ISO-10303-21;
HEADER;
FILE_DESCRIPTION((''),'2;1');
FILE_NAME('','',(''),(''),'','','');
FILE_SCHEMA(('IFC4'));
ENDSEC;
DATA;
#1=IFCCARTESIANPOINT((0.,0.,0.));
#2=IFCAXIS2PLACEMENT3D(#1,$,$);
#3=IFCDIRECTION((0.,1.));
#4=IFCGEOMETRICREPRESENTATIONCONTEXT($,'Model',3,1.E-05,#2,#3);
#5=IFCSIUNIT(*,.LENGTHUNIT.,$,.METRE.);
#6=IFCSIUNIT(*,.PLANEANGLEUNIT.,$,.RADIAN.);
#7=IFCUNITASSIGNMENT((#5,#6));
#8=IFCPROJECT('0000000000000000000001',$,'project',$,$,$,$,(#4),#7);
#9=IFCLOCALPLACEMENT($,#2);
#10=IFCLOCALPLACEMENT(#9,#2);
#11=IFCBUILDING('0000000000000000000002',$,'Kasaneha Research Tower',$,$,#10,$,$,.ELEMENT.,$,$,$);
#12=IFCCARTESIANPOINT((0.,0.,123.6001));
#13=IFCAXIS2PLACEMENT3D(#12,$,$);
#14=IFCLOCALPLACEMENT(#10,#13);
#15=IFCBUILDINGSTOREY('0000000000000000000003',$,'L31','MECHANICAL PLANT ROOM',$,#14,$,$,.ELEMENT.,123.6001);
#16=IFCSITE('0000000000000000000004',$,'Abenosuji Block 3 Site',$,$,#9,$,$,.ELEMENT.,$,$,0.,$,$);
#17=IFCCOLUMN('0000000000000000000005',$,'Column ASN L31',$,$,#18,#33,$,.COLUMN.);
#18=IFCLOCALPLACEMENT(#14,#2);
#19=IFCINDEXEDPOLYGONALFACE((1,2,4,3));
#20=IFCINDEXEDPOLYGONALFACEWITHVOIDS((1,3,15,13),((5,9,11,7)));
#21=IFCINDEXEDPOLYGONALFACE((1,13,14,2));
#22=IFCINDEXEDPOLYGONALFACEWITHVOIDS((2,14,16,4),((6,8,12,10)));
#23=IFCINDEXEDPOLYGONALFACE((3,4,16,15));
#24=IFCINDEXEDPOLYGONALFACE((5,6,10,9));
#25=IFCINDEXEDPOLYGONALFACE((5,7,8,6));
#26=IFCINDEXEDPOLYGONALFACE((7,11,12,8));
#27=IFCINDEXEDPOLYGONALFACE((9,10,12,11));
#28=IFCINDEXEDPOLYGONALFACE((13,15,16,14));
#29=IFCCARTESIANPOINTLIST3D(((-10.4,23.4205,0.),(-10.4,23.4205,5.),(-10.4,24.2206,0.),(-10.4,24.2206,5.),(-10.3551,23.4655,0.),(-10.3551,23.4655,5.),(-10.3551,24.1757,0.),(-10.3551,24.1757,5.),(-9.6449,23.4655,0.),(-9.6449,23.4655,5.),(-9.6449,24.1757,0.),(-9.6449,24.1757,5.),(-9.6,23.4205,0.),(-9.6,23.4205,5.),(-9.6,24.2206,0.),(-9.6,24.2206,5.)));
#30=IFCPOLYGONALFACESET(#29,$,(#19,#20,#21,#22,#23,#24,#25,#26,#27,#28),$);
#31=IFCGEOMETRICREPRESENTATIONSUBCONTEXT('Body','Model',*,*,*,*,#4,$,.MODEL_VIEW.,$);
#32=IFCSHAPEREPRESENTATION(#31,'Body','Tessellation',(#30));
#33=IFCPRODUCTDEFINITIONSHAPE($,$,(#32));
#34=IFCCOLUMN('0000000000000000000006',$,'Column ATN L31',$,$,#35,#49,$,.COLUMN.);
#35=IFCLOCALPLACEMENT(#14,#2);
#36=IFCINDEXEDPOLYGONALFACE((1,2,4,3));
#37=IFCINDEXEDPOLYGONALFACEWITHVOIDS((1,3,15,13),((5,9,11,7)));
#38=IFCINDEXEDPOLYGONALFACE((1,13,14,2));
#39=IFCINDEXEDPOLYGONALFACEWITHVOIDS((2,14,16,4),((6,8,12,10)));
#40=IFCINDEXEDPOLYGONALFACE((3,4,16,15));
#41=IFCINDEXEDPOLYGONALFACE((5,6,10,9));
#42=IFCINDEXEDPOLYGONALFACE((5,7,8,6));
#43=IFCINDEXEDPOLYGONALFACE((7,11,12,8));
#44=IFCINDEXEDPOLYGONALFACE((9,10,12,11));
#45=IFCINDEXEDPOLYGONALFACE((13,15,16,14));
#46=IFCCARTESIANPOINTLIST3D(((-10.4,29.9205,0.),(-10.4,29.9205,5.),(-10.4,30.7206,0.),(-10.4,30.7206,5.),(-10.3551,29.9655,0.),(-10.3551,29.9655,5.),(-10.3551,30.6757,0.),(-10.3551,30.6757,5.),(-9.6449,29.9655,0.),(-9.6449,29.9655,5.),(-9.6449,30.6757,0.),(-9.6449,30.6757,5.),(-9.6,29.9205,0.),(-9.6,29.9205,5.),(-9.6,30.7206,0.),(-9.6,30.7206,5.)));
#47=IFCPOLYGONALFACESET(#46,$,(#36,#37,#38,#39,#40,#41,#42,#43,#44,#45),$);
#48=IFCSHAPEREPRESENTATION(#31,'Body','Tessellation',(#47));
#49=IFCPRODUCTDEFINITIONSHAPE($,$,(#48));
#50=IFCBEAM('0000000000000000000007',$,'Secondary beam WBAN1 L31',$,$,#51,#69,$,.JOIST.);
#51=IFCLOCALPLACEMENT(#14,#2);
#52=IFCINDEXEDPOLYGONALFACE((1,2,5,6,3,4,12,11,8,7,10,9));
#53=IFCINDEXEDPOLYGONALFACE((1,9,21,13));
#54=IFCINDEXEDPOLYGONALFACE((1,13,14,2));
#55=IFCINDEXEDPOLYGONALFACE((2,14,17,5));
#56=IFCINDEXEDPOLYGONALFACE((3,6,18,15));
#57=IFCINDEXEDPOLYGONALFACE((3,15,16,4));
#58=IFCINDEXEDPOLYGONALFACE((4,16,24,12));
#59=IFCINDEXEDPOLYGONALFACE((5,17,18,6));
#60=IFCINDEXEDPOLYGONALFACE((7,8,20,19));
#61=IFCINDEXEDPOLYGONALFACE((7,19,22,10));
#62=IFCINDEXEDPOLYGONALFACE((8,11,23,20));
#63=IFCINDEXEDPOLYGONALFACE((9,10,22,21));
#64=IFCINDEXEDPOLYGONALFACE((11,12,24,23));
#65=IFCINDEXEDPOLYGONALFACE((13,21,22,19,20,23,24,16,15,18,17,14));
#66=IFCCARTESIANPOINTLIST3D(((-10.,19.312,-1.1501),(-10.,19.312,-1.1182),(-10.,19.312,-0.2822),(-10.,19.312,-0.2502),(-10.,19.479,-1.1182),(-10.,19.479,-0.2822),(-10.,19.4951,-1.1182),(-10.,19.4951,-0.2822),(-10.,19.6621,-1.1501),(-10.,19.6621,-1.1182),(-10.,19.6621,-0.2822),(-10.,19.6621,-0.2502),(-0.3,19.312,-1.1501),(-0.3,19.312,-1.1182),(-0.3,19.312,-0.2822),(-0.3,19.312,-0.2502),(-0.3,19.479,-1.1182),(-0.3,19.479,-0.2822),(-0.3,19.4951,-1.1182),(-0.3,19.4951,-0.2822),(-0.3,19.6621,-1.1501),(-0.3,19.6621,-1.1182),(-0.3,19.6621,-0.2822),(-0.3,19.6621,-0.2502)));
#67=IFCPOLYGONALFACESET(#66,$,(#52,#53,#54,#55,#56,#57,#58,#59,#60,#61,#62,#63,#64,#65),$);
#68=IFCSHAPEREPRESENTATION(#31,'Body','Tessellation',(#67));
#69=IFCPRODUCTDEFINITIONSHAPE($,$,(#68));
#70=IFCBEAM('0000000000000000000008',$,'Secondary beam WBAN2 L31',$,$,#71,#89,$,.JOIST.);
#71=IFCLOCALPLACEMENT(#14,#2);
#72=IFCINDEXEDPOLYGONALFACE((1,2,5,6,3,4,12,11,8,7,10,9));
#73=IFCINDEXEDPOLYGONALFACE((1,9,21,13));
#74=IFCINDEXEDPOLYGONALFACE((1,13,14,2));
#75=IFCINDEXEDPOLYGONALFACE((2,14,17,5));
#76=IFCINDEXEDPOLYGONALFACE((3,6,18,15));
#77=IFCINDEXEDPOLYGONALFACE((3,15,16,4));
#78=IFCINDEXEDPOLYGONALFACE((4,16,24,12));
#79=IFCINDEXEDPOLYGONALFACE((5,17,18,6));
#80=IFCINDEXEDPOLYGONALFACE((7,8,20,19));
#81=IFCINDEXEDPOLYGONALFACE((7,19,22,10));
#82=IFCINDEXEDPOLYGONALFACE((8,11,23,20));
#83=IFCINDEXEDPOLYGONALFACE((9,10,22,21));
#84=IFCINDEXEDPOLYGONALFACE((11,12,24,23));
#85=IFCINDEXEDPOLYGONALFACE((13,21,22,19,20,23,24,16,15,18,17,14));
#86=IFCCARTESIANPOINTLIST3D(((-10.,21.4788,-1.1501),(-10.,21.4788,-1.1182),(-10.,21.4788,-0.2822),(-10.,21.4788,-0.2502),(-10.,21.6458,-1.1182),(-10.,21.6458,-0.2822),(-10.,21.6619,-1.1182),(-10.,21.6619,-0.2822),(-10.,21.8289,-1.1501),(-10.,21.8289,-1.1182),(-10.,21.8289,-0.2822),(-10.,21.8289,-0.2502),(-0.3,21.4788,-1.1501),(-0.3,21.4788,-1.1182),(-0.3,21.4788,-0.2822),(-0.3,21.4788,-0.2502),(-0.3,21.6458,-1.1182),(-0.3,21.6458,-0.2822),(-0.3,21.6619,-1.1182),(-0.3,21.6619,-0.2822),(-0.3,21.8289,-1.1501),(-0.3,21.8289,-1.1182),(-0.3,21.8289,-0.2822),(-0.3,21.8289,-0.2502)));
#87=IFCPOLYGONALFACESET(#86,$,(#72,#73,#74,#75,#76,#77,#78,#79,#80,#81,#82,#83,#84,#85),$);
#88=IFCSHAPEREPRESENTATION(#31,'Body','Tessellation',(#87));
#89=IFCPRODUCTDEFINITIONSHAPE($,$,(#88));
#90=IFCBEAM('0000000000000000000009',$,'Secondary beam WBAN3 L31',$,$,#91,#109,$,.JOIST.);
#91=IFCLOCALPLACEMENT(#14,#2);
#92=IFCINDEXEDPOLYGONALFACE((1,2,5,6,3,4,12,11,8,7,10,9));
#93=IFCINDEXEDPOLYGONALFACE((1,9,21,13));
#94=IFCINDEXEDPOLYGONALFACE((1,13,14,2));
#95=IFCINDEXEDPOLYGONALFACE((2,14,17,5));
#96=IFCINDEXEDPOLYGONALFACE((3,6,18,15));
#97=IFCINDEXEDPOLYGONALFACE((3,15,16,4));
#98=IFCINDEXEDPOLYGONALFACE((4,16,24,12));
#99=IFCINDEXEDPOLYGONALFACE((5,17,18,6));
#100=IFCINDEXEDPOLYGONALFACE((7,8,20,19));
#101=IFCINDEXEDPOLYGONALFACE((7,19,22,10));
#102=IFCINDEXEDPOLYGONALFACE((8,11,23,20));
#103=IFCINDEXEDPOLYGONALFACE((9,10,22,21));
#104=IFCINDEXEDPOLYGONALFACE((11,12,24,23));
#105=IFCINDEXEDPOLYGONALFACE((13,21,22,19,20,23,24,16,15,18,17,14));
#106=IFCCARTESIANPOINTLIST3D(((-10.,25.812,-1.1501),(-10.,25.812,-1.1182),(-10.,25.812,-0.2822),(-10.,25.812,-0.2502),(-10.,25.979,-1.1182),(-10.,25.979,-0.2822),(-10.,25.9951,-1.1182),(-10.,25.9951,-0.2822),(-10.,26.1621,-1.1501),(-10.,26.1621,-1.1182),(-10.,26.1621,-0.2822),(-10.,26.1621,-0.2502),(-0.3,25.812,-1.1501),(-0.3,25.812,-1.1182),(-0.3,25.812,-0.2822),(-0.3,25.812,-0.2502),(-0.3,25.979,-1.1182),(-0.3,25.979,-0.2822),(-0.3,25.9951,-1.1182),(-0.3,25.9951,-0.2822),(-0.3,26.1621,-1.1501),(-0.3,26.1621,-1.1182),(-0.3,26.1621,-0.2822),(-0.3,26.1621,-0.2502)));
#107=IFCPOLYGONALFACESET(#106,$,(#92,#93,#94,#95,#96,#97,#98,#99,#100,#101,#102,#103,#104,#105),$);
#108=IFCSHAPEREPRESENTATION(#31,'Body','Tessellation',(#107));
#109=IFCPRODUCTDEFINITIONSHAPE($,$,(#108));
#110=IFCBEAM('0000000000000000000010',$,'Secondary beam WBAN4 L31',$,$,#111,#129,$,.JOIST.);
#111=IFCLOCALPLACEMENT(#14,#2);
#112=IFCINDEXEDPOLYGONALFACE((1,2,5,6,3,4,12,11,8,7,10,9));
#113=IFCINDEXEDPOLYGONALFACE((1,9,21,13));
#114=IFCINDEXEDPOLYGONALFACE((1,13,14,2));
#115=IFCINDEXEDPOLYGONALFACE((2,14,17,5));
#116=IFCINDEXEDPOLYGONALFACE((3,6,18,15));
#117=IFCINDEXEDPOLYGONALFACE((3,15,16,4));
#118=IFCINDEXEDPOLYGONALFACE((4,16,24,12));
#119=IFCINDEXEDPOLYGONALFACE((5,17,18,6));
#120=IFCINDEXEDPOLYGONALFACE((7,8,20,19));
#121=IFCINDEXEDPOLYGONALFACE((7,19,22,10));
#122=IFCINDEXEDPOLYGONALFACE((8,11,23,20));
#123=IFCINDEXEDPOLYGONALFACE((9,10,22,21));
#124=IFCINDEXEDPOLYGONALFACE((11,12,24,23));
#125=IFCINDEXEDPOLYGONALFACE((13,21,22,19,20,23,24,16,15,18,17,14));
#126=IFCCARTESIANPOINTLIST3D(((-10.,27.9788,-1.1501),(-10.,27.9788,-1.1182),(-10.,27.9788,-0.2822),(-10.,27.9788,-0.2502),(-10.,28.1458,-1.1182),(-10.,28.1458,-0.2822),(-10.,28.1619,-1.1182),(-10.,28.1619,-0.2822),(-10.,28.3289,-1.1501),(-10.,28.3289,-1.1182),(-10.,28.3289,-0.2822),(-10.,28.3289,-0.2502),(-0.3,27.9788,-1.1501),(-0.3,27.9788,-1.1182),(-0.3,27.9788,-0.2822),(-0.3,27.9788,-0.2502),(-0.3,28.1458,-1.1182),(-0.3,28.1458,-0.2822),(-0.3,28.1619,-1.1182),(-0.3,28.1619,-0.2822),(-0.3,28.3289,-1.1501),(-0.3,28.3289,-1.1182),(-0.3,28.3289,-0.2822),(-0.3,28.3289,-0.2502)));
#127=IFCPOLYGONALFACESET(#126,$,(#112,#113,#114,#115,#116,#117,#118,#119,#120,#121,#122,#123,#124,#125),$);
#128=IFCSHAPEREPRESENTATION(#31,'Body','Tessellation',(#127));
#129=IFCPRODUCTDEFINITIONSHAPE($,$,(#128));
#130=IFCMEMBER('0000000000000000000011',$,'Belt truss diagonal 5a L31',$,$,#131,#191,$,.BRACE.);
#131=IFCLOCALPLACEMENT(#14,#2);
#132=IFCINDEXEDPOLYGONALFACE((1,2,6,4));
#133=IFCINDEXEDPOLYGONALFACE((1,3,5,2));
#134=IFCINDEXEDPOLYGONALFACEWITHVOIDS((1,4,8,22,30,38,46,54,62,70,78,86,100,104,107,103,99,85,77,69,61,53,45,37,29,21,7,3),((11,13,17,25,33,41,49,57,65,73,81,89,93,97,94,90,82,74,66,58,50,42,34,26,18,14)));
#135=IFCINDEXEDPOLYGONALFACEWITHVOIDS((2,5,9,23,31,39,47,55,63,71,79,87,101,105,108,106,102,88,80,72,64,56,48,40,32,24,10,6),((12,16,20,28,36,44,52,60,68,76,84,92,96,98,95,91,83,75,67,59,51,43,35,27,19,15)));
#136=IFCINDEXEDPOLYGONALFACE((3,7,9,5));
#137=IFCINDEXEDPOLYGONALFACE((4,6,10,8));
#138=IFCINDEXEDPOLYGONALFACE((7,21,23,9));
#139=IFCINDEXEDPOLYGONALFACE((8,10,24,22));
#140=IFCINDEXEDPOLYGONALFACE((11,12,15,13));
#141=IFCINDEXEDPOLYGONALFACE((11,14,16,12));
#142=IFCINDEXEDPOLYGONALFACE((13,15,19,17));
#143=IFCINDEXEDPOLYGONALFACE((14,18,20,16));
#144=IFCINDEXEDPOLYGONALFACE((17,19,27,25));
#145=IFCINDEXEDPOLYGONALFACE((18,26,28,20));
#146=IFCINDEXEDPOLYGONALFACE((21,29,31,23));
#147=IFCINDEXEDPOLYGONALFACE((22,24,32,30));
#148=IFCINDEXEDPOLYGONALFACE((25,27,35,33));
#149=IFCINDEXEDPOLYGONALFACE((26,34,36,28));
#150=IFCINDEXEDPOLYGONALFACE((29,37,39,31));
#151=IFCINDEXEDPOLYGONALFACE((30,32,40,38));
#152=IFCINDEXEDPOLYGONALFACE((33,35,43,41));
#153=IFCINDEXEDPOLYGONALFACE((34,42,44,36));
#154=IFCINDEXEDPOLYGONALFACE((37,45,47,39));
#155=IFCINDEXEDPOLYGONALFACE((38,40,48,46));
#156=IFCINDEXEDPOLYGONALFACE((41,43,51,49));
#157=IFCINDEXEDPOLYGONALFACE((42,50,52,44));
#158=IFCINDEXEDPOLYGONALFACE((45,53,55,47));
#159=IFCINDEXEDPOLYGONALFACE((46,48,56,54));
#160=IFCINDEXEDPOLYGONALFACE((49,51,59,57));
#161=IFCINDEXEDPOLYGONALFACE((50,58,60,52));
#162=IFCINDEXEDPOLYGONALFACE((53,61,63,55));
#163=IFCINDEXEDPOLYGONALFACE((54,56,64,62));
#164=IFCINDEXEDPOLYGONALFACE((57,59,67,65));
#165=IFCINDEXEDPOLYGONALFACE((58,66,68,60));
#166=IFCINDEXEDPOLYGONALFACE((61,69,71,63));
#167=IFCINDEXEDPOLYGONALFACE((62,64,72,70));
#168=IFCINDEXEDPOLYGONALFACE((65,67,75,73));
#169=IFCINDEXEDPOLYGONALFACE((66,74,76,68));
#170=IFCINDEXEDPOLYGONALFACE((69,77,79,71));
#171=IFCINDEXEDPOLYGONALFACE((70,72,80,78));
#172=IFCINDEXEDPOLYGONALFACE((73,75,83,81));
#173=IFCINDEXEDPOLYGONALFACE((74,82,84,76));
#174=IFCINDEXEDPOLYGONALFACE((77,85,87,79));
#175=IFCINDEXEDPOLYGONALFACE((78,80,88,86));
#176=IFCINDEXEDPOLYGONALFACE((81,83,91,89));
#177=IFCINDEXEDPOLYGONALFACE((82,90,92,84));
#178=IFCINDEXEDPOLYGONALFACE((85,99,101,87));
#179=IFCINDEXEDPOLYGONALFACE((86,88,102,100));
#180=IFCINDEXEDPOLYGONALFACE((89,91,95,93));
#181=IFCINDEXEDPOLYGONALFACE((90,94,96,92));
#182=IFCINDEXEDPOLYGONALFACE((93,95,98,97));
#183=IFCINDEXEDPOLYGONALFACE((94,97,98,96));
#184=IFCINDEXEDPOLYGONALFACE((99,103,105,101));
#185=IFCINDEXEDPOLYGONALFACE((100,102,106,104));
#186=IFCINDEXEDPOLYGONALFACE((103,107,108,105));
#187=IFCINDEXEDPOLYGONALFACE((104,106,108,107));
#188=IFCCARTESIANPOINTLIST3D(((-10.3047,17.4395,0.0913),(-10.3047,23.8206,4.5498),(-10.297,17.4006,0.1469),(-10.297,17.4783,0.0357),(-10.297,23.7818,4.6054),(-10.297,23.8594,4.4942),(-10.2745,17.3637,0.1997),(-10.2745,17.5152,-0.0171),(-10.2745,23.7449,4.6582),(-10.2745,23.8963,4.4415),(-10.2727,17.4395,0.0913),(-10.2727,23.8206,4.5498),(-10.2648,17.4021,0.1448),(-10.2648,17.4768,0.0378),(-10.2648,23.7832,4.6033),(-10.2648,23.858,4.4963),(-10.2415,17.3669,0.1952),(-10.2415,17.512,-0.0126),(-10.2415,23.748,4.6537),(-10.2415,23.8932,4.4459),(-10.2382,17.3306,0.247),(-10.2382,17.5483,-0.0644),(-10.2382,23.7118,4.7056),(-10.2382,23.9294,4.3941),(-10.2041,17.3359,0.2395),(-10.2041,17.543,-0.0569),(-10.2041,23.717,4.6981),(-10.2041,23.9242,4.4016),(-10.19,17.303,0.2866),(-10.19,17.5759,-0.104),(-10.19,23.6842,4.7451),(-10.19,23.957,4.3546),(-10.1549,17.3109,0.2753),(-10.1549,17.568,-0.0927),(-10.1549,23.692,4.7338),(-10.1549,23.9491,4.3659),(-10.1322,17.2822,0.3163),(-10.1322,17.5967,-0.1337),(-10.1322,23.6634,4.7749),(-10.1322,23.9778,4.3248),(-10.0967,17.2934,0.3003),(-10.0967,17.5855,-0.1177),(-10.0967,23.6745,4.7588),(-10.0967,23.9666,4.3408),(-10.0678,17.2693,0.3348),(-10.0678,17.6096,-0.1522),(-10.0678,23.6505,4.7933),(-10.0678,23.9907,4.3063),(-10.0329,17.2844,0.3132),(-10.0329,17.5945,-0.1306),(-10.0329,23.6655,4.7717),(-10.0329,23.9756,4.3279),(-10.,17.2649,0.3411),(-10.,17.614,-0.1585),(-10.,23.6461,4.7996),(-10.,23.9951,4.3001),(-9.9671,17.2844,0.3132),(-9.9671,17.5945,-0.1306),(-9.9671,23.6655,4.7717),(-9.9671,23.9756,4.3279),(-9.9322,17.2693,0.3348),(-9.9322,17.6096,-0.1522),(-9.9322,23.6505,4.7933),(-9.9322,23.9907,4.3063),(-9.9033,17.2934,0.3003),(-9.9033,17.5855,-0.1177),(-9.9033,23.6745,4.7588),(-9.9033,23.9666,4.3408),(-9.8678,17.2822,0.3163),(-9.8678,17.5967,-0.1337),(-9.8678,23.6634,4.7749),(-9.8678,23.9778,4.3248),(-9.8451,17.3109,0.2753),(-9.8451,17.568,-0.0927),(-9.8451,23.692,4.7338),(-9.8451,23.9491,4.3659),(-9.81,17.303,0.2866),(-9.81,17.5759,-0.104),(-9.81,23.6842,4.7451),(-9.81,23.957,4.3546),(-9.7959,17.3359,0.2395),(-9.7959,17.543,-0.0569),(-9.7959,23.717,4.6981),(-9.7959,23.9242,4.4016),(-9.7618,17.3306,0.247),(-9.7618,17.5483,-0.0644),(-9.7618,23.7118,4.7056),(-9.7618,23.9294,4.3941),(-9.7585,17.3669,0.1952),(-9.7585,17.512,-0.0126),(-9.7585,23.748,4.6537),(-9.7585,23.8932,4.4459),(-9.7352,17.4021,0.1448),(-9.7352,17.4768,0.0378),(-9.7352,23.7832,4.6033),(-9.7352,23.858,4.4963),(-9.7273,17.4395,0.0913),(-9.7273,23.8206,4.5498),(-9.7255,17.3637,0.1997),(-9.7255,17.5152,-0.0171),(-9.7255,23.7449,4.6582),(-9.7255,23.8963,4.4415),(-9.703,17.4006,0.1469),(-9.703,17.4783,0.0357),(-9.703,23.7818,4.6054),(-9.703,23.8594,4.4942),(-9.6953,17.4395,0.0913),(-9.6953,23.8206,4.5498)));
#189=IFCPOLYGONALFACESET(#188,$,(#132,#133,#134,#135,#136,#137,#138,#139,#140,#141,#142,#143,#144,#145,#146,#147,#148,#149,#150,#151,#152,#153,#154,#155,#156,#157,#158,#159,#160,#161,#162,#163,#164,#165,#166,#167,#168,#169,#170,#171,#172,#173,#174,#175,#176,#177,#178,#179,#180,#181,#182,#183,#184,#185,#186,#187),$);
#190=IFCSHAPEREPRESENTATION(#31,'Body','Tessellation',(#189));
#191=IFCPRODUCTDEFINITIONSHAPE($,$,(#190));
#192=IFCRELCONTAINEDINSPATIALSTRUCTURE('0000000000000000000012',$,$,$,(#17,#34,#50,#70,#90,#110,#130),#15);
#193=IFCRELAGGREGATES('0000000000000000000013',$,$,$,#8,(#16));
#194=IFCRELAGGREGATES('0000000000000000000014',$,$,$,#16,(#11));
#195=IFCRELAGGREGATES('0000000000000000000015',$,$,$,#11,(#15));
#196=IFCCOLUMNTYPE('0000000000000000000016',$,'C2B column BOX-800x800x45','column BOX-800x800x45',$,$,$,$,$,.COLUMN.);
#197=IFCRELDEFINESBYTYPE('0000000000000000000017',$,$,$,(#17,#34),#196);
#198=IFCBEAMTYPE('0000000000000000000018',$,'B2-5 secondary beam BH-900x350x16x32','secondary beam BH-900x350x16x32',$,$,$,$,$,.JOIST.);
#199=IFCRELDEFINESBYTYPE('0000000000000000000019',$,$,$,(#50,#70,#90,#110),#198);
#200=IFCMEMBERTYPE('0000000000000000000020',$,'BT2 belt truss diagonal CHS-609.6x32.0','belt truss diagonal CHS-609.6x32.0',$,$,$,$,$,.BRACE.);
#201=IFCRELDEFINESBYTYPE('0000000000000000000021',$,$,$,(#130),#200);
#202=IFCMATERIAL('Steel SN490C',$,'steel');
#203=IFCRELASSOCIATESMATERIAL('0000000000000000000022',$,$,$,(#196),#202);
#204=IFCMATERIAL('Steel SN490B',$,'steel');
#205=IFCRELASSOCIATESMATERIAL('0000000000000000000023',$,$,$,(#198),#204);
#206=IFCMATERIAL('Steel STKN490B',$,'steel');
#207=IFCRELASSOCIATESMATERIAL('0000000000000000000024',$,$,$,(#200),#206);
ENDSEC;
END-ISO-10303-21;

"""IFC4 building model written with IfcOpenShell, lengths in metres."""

from ifc_helpers import new_model, si_unit, direction, frame, origin, origin_2d, place, context, subcontext, project, spatial, hollow_rectangle, hollow_circle, i_section, extrude, material, material_profile, profile_set, type_object, element, save


model = new_model("IFC4")

# Units and contexts
model_context = context("Model", 3, precision=1e-05, world=origin(), true_north=direction((0.0, 1.0)))
body_context = subcontext(model_context, "Body", "Model", "MODEL_VIEW")
ifc_project = project(units=[si_unit("LENGTHUNIT", "METRE"), si_unit("PLANEANGLEUNIT", "RADIAN")], contexts=[model_context])

# Site, building, storey
site_placement = place(None, origin())
site = spatial("IfcSite", under=ifc_project, at=site_placement, Name="Abenosuji Block 3 Site", CompositionType="ELEMENT", RefElevation=0.0)
building_placement = place(site_placement, origin())
building = spatial("IfcBuilding", under=site, at=building_placement, Name="Kasaneha Research Tower", CompositionType="ELEMENT")
storey_placement = place(building_placement, frame((0.0, 0.0, 123.6001)))
storey = spatial("IfcBuildingStorey", under=building, at=storey_placement, Name="L31", Description="MECHANICAL PLANT ROOM", CompositionType="ELEMENT", Elevation=123.6001)

# Columns
ifc_material_1 = material(Name="Steel SN490C", Category="steel")
ifc_material_profile_1 = material_profile(ifc_material_1, hollow_rectangle(XDim=0.8, YDim=0.8, WallThickness=0.0449, at=origin_2d()), Name="BOX-800x800x45")
ifc_profile_set_1 = profile_set([ifc_material_profile_1], Name="Steel SN490C")
column_type = type_object("IfcColumnType", Name="C2B column BOX-800x800x45", Description="column BOX-800x800x45", PredefinedType="COLUMN", material=ifc_profile_set_1)
for number, where, z_axis, x_axis, name in (
    (1, (-10.0, 23.8206, 0.0), (0.0, 0.0, 1.0), (1.0, 0.0, 0.0), "Column ASN L31"),
    (2, (-10.0, 30.3206, 0.0), (0.0, 0.0, 1.0), (1.0, 0.0, 0.0), "Column ATN L31"),
):
    element("IfcColumn", number, at=place(storey_placement, frame(where, z_axis=z_axis, x_axis=x_axis)), inside=storey, type_object=column_type, Name=name, PredefinedType="COLUMN", context=body_context, shape_type="SweptSolid", body=[
        extrude(hollow_rectangle(XDim=0.8, YDim=0.8, WallThickness=0.0449, at=origin_2d()), origin(), (0.0, 0.0, 1.0), 5.0),
    ])

# Beams
ifc_material_2 = material(Name="Steel SN490B", Category="steel")
ifc_material_profile_2 = material_profile(ifc_material_2, i_section(OverallWidth=0.3501, OverallDepth=0.8999, WebThickness=0.0161, FlangeThickness=0.032, at=origin_2d()), Name="BH-900x350x16x32")
ifc_profile_set_2 = profile_set([ifc_material_profile_2], Name="Steel SN490B")
beam_type_1 = type_object("IfcBeamType", Name="B2-5 secondary beam BH-900x350x16x32", Description="secondary beam BH-900x350x16x32", PredefinedType="JOIST", material=ifc_profile_set_2)
for number, where, z_axis, x_axis, name in (
    (3, (-10.0, 19.4871, -0.7002), (1.0, 0.0, 0.0), (0.0, 1.0, 0.0), "Secondary beam WBAN1 L31"),
    (4, (-10.0, 21.6538, -0.7002), (1.0, 0.0, 0.0), (0.0, 1.0, 0.0), "Secondary beam WBAN2 L31"),
    (5, (-10.0, 25.9871, -0.7002), (1.0, 0.0, 0.0), (0.0, 1.0, 0.0), "Secondary beam WBAN3 L31"),
    (6, (-10.0, 28.1538, -0.7002), (1.0, 0.0, 0.0), (0.0, 1.0, 0.0), "Secondary beam WBAN4 L31"),
):
    element("IfcBeam", number, at=place(storey_placement, frame(where, z_axis=z_axis, x_axis=x_axis)), inside=storey, type_object=beam_type_1, Name=name, PredefinedType="JOIST", context=body_context, shape_type="SweptSolid", body=[
        extrude(i_section(OverallWidth=0.3501, OverallDepth=0.8999, WebThickness=0.0161, FlangeThickness=0.032, at=origin_2d()), origin(), (0.0, 0.0, 1.0), 9.7),
    ])

# Member
ifc_material_3 = material(Name="Steel STKN490B", Category="steel")
ifc_material_profile_3 = material_profile(ifc_material_3, hollow_circle(Radius=0.3047, WallThickness=0.032, at=origin_2d()), Name="CHS-609.6x32.0")
ifc_profile_set_3 = profile_set([ifc_material_profile_3], Name="Steel STKN490B")
member_type = type_object("IfcMemberType", Name="BT2 belt truss diagonal CHS-609.6x32.0", Description="belt truss diagonal CHS-609.6x32.0", PredefinedType="BRACE", material=ifc_profile_set_3)
for number, where, z_axis, x_axis, name in (
    (7, (-10.0, 17.4395, 0.0913), (0.0, 0.819731, 0.572749), (-1.0, 0.0, 0.0), "Belt truss diagonal 5a L31"),
):
    element("IfcMember", number, at=place(storey_placement, frame(where, z_axis=z_axis, x_axis=x_axis)), inside=storey, type_object=member_type, Name=name, PredefinedType="BRACE", context=body_context, shape_type="SweptSolid", body=[
        extrude(hollow_circle(Radius=0.3047, WallThickness=0.032, at=origin_2d()), origin(), (0.0, 0.0, 1.0), 7.7844),
    ])

save(model, "model.ifc")
